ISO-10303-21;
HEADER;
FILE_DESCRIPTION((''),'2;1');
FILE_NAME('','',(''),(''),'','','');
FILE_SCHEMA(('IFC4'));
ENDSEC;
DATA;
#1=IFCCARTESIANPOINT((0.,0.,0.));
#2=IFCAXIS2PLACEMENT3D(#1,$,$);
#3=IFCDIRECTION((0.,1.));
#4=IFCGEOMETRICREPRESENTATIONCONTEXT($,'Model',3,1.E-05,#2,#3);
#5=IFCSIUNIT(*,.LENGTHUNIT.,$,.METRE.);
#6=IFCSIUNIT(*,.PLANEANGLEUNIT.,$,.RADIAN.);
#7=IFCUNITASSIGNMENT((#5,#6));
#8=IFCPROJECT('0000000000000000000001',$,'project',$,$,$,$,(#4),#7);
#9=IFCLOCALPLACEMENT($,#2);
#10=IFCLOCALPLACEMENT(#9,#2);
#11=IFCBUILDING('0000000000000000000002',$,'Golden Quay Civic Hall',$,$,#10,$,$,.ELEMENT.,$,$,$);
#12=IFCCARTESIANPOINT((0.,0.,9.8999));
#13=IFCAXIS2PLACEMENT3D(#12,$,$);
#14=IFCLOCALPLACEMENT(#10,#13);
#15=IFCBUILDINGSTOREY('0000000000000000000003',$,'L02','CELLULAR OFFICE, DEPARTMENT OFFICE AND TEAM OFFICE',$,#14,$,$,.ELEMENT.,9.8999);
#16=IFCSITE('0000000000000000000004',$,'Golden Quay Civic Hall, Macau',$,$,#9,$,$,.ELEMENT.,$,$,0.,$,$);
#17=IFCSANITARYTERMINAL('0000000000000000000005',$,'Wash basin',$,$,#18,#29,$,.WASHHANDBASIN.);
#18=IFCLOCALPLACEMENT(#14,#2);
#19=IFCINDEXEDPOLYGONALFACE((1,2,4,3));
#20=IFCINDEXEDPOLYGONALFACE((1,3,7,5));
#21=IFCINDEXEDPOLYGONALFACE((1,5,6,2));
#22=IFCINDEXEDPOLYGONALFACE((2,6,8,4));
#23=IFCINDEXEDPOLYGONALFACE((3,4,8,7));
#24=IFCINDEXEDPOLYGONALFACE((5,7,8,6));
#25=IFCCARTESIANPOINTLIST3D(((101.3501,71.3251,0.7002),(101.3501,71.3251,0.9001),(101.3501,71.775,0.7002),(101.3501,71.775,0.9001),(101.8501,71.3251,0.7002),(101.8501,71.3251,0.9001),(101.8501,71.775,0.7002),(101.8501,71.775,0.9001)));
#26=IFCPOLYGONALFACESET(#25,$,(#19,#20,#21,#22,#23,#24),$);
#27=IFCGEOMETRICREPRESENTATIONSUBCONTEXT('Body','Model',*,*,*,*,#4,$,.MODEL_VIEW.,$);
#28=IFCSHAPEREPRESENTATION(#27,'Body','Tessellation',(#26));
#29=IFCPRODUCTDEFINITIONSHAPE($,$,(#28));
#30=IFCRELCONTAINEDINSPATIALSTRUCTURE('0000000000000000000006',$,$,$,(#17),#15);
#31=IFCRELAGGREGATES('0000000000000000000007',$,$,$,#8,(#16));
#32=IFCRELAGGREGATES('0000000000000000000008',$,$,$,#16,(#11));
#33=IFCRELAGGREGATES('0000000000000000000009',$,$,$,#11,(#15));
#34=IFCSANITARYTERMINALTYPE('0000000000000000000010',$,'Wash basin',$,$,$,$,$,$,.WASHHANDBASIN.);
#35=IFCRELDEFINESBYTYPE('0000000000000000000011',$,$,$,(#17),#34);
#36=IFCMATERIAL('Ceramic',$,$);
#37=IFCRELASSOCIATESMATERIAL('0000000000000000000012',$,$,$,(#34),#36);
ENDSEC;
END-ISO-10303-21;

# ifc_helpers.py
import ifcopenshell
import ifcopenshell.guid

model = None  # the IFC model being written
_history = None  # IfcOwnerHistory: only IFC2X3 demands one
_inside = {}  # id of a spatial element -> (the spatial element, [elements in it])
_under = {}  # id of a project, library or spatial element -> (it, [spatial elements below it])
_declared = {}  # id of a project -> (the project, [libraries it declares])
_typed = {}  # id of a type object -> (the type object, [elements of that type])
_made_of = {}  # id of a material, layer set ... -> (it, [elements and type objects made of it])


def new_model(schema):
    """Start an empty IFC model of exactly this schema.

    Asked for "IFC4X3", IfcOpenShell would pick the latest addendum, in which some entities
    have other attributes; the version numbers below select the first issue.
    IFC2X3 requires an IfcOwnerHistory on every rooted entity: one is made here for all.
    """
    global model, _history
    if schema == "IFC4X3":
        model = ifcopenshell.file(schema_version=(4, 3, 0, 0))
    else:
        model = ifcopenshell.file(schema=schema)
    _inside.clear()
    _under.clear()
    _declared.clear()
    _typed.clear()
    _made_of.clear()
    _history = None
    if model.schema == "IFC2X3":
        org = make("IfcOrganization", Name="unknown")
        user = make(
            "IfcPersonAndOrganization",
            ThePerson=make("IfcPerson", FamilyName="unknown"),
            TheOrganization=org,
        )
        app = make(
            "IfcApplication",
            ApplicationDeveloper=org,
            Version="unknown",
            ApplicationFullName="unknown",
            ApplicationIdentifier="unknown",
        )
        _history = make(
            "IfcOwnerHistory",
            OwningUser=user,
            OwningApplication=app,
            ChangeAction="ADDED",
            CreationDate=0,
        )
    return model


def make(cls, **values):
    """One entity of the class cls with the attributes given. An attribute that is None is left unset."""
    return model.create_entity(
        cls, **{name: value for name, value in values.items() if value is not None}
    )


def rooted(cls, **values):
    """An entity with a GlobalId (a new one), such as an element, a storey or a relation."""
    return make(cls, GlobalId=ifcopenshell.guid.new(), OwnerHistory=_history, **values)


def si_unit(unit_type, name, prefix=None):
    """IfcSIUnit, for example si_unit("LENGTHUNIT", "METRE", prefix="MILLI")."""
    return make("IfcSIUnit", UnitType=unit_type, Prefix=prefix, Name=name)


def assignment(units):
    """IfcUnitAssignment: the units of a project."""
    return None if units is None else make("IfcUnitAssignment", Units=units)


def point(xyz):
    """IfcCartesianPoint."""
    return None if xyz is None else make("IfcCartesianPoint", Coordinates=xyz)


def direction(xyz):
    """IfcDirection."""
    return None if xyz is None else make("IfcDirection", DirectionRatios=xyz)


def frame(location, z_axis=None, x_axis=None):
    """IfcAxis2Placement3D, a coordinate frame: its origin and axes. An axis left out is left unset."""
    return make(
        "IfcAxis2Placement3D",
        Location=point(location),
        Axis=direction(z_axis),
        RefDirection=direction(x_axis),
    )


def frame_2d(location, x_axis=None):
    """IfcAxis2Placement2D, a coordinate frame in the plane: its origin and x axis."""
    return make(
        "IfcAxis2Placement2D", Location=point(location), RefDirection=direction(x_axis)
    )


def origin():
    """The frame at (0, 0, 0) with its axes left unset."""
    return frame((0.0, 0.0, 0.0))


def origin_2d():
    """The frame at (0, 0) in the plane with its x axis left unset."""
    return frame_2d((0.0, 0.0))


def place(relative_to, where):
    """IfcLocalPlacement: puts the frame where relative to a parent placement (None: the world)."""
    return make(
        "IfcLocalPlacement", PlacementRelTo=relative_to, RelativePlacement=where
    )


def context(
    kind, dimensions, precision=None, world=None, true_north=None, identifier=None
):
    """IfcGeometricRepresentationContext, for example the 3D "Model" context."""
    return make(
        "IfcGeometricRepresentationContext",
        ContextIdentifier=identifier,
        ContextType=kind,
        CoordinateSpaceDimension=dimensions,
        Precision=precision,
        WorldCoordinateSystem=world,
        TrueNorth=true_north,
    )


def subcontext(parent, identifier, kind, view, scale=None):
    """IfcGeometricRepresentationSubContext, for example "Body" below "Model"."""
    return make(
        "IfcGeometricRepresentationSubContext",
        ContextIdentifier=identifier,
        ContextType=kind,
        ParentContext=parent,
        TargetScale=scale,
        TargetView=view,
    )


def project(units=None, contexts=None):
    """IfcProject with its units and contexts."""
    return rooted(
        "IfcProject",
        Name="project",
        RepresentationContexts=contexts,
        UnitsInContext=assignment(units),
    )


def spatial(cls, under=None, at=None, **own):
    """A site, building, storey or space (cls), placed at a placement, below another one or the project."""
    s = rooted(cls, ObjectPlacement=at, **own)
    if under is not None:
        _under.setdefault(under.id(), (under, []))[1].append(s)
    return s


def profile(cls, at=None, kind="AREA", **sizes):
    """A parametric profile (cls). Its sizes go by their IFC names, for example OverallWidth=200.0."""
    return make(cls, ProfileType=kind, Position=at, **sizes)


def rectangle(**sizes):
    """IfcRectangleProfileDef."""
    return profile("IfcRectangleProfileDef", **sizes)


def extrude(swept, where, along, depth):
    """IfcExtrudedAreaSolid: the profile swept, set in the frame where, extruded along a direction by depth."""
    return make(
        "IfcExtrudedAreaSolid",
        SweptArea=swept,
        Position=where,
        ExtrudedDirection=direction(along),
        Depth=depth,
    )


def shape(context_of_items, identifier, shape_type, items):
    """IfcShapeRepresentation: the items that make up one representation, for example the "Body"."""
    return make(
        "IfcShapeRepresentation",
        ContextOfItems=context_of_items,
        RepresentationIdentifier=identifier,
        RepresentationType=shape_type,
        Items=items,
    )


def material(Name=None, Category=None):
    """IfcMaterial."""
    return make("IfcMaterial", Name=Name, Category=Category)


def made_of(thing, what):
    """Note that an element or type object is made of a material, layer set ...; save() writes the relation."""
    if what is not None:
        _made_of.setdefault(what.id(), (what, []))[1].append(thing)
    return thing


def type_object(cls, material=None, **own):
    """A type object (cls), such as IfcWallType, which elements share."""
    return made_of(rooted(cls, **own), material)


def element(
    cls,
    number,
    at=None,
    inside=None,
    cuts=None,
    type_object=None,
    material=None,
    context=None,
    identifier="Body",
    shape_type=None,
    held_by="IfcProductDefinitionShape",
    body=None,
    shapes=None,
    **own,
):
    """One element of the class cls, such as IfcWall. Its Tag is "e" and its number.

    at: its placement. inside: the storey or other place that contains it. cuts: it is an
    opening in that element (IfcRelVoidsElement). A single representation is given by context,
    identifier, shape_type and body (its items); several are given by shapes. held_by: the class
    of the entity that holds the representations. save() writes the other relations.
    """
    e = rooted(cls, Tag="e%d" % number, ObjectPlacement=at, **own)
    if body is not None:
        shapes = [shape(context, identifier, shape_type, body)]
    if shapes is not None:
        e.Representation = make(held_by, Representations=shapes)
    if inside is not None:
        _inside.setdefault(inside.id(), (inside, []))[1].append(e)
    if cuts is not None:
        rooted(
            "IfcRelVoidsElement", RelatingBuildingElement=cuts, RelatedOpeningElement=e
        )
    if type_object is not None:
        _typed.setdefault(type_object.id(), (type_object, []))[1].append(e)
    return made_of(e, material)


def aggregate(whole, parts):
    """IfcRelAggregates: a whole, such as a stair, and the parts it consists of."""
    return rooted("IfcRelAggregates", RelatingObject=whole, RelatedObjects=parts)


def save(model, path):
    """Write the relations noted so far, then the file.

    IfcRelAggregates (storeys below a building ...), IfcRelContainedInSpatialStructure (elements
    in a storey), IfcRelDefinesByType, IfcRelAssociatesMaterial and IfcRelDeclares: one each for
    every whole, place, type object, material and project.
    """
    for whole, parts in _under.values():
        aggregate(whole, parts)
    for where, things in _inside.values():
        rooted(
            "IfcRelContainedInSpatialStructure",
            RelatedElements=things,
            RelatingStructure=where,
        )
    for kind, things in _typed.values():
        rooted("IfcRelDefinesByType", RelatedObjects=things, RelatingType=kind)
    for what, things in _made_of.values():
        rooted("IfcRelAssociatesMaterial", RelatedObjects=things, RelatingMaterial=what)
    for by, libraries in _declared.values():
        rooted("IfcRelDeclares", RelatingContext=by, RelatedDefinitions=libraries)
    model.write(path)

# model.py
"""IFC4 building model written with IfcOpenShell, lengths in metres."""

from ifc_helpers import new_model, si_unit, direction, frame, origin, origin_2d, place, context, subcontext, project, spatial, rectangle, extrude, material, type_object, element, save


model = new_model("IFC4")

# Units and contexts
model_context = context("Model", 3, precision=1e-05, world=origin(), true_north=direction((0.0, 1.0)))
body_context = subcontext(model_context, "Body", "Model", "MODEL_VIEW")
ifc_project = project(units=[si_unit("LENGTHUNIT", "METRE"), si_unit("PLANEANGLEUNIT", "RADIAN")], contexts=[model_context])

# Site, building, storey
site_placement = place(None, origin())
site = spatial("IfcSite", under=ifc_project, at=site_placement, Name="Golden Quay Civic Hall, Macau", CompositionType="ELEMENT", RefElevation=0.0)
building_placement = place(site_placement, origin())
building = spatial("IfcBuilding", under=site, at=building_placement, Name="Golden Quay Civic Hall", CompositionType="ELEMENT")
storey_placement = place(building_placement, frame((0.0, 0.0, 9.8999)))
storey = spatial("IfcBuildingStorey", under=building, at=storey_placement, Name="L02", Description="CELLULAR OFFICE, DEPARTMENT OFFICE AND TEAM OFFICE", CompositionType="ELEMENT", Elevation=9.8999)

# Sanitary terminal
ifc_material_1 = material(Name="Ceramic")
sanitary_terminal_type_1 = type_object("IfcSanitaryTerminalType", Name="Wash basin", PredefinedType="WASHHANDBASIN", material=ifc_material_1)
sanitary_terminal_placement = place(storey_placement, frame((101.6001, 71.55, 0.7002), z_axis=(0.0, 0.0, 1.0), x_axis=(1.0, 0.0, 0.0)))
element("IfcSanitaryTerminal", 1, at=sanitary_terminal_placement, inside=storey, type_object=sanitary_terminal_type_1, Name="Wash basin", PredefinedType="WASHHANDBASIN", context=body_context, shape_type="SweptSolid", body=[
    extrude(rectangle(XDim=0.5, YDim=0.45, at=origin_2d()), origin(), (0.0, 0.0, 1.0), 0.2),
])

save(model, "model.ifc")
